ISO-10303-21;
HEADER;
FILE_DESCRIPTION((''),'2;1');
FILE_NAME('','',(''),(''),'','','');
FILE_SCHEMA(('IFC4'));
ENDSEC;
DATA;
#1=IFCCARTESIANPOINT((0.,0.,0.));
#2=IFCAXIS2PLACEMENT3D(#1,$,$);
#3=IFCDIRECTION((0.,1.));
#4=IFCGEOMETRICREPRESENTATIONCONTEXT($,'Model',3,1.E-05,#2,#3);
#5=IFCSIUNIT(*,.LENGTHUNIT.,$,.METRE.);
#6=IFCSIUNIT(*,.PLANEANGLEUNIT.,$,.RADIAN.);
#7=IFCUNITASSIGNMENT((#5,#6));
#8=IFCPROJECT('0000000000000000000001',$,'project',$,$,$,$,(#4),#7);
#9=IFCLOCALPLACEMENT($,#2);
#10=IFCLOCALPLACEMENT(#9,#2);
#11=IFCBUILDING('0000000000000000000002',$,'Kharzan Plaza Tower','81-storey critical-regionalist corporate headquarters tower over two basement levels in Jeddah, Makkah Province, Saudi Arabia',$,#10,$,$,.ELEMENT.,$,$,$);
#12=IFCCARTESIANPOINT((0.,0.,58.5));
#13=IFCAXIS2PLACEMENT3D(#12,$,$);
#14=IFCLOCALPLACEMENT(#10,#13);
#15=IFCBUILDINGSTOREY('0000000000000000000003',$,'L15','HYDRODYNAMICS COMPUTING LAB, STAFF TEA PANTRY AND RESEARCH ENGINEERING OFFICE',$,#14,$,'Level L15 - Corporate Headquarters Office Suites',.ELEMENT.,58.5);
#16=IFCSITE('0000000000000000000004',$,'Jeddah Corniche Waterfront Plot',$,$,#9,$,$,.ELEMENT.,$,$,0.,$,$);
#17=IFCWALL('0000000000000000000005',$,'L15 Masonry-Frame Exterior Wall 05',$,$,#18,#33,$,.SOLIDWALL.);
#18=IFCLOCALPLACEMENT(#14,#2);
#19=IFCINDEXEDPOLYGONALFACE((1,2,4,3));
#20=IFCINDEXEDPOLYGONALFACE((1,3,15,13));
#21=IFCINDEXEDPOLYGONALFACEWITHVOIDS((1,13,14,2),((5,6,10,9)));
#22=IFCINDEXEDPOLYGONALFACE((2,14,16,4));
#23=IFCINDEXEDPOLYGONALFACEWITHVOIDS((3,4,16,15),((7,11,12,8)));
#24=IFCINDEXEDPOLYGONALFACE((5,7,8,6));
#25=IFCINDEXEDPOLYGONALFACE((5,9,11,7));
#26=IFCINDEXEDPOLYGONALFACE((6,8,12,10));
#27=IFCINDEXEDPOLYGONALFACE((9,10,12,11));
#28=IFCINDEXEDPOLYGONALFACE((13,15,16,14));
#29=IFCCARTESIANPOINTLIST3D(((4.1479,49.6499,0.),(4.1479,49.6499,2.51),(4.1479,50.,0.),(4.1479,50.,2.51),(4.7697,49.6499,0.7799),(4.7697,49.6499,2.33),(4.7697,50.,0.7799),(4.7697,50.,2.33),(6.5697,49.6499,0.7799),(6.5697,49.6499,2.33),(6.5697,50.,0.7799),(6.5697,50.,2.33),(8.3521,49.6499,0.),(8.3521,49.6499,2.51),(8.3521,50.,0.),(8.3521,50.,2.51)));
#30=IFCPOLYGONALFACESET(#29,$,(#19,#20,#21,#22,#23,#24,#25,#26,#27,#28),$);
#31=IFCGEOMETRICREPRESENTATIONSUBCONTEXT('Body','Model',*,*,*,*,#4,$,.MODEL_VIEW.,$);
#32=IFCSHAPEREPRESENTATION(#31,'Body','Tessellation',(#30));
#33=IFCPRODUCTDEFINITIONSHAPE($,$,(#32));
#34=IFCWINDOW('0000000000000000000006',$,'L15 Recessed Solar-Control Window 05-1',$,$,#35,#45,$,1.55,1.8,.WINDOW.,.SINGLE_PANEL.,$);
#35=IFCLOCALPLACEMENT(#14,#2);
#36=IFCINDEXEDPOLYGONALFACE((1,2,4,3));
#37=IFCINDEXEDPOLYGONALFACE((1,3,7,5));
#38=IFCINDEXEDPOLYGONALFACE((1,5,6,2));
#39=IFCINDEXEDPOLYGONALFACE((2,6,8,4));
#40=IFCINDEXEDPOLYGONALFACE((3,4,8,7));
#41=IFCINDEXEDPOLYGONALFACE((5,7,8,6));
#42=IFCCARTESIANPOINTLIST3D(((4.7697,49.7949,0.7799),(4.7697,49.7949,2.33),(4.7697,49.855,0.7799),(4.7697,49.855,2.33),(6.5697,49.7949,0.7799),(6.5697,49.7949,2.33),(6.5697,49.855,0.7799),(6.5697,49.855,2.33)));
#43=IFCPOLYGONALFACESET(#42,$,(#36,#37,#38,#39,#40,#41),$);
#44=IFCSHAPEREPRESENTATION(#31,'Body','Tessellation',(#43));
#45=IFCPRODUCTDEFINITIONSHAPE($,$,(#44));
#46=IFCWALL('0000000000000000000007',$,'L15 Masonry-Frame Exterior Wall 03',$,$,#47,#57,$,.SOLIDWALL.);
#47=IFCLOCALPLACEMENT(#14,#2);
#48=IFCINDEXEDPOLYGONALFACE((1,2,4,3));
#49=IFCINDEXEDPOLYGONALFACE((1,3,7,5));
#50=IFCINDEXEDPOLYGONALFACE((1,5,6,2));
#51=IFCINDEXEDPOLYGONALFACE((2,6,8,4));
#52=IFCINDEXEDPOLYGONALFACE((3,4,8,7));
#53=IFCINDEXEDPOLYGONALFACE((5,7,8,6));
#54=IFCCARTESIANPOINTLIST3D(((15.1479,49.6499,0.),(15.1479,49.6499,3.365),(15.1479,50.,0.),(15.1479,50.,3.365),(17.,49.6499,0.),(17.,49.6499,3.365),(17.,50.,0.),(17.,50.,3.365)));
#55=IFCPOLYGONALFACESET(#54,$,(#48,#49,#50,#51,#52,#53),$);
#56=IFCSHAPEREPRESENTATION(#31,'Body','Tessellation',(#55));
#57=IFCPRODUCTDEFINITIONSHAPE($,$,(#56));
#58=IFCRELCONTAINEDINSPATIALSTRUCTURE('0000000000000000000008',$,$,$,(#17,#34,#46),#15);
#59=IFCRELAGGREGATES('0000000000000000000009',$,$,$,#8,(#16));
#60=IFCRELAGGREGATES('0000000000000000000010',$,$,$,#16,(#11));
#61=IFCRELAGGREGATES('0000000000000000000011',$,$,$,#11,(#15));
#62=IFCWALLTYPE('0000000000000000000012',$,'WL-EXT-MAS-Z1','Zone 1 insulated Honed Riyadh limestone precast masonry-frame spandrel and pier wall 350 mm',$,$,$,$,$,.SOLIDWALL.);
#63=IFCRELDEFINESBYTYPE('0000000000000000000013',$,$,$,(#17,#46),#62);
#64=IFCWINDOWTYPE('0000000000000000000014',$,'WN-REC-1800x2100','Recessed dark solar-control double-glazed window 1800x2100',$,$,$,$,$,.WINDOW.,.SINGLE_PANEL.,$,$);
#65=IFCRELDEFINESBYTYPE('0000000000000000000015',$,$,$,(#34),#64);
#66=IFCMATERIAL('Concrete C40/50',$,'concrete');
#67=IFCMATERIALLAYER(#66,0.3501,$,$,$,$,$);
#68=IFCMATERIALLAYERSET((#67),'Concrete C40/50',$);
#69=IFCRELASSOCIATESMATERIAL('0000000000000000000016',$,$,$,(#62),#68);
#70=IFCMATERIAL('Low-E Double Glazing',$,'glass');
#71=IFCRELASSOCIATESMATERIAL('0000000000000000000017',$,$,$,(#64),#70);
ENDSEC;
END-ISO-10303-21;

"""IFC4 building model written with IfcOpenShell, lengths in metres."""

from ifc_helpers import new_model, si_unit, direction, frame, frame_2d, origin, place, context, subcontext, project, spatial, rectangle, extrude, source, transform, mapped, material, layer, layer_set, type_object, element, fill, save


model = new_model("IFC4")

# Units and contexts
model_context = context("Model", 3, precision=1e-05, world=origin(), true_north=direction((0.0, 1.0)))
body_context = subcontext(model_context, "Body", "Model", "MODEL_VIEW")
ifc_project = project(units=[si_unit("LENGTHUNIT", "METRE"), si_unit("PLANEANGLEUNIT", "RADIAN")], contexts=[model_context])

# Site, building, storey
site_placement = place(None, origin())
site = spatial("IfcSite", under=ifc_project, at=site_placement, Name="Jeddah Corniche Waterfront Plot", CompositionType="ELEMENT", RefElevation=0.0)
building_placement = place(site_placement, origin())
building = spatial("IfcBuilding", under=site, at=building_placement, Name="Kharzan Plaza Tower", Description="81-storey critical-regionalist corporate headquarters tower over two basement levels in Jeddah, Makkah Province, Saudi Arabia", CompositionType="ELEMENT")
storey_placement = place(building_placement, frame((0.0, 0.0, 58.5)))
storey = spatial("IfcBuildingStorey", under=building, at=storey_placement, Name="L15", Description="HYDRODYNAMICS COMPUTING LAB, STAFF TEA PANTRY AND RESEARCH ENGINEERING OFFICE", LongName="Level L15 - Corporate Headquarters Office Suites", CompositionType="ELEMENT", Elevation=58.5)

# Shared definitions
ifc_material_1 = material(Name="Concrete C40/50", Category="concrete")
ifc_layer = layer(ifc_material_1, 0.3501)
ifc_layer_set = layer_set([ifc_layer], Name="Concrete C40/50")
wall_type = type_object("IfcWallType", Name="WL-EXT-MAS-Z1", Description="Zone 1 insulated Honed Riyadh limestone precast masonry-frame spandrel and pier wall 350 mm", PredefinedType="SOLIDWALL", material=ifc_layer_set)
ifc_material_2 = material(Name="Low-E Double Glazing", Category="glass")

# Wall, opening, window
wall_1_placement = place(storey_placement, frame((8.3521, 49.825, 0.0), z_axis=(0.0, 0.0, 1.0), x_axis=(-1.0, 0.0, 0.0)))
wall_1 = element("IfcWall", 1, at=wall_1_placement, inside=storey, type_object=wall_type, Name="L15 Masonry-Frame Exterior Wall 05", PredefinedType="SOLIDWALL", context=body_context, shape_type="SweptSolid", body=[
    extrude(rectangle(XDim=4.2041, YDim=0.3501, at=frame_2d((2.1021, 0.0))), origin(), (0.0, 0.0, 1.0), 2.51),
])
opening_1_placement = place(wall_1_placement, frame((1.7825, 0.0, 0.78)))
opening_1 = element("IfcOpeningElement", 2, at=opening_1_placement, cuts=wall_1, PredefinedType="OPENING", context=body_context, shape_type="SweptSolid", body=[
    extrude(rectangle(XDim=1.8, YDim=1.55, at=frame_2d((0.8999, 0.7749))), frame((0.0, 0.1851, 0.0), z_axis=(0.0, -1.0, 0.0), x_axis=(1.0, 0.0, 0.0)), (0.0, 0.0, 1.0), 0.3701),
])
window_type_1 = type_object("IfcWindowType", Name="WN-REC-1800x2100", Description="Recessed dark solar-control double-glazed window 1800x2100", PartitioningType="SINGLE_PANEL", PredefinedType="WINDOW", material=ifc_material_2)
shared_shape_1 = source(origin(), body_context, "Body", "SweptSolid", [
    extrude(rectangle(XDim=1.8, YDim=1.55, at=frame_2d((0.8999, 0.7749))), frame((0.0, 0.03, 0.0), z_axis=(0.0, -1.0, 0.0), x_axis=(1.0, 0.0, 0.0)), (0.0, 0.0, 1.0), 0.0601),
])
window_1_placement = place(opening_1_placement, origin())
window_1 = element("IfcWindow", 3, at=window_1_placement, inside=storey, type_object=window_type_1, Name="L15 Recessed Solar-Control Window 05-1", OverallHeight=1.55, OverallWidth=1.8, PartitioningType="SINGLE_PANEL", PredefinedType="WINDOW", context=body_context, shape_type="MappedRepresentation", body=[
    mapped(shared_shape_1, transform((0.0, 0.0, 0.0), x_axis=(1.0, 0.0, 0.0), y_axis=(0.0, 1.0, 0.0), z_axis=(0.0, 0.0, 1.0))),
])
fill(opening_1, window_1)

# Wall
shared_shape_2 = source(origin(), body_context, "Body", "SweptSolid", [
    extrude(rectangle(XDim=1.8521, YDim=0.3501, at=frame_2d((0.926, 0.0))), origin(), (0.0, 0.0, 1.0), 3.365),
])
wall_2_placement = place(storey_placement, frame((17.0, 49.825, 0.0), z_axis=(0.0, 0.0, 1.0), x_axis=(-1.0, 0.0, 0.0)))
element("IfcWall", 4, at=wall_2_placement, inside=storey, type_object=wall_type, Name="L15 Masonry-Frame Exterior Wall 03", PredefinedType="SOLIDWALL", context=body_context, shape_type="MappedRepresentation", body=[
    mapped(shared_shape_2, transform((0.0, 0.0, 0.0), x_axis=(1.0, 0.0, 0.0), y_axis=(0.0, 1.0, 0.0), z_axis=(0.0, 0.0, 1.0))),
])

save(model, "model.ifc")
